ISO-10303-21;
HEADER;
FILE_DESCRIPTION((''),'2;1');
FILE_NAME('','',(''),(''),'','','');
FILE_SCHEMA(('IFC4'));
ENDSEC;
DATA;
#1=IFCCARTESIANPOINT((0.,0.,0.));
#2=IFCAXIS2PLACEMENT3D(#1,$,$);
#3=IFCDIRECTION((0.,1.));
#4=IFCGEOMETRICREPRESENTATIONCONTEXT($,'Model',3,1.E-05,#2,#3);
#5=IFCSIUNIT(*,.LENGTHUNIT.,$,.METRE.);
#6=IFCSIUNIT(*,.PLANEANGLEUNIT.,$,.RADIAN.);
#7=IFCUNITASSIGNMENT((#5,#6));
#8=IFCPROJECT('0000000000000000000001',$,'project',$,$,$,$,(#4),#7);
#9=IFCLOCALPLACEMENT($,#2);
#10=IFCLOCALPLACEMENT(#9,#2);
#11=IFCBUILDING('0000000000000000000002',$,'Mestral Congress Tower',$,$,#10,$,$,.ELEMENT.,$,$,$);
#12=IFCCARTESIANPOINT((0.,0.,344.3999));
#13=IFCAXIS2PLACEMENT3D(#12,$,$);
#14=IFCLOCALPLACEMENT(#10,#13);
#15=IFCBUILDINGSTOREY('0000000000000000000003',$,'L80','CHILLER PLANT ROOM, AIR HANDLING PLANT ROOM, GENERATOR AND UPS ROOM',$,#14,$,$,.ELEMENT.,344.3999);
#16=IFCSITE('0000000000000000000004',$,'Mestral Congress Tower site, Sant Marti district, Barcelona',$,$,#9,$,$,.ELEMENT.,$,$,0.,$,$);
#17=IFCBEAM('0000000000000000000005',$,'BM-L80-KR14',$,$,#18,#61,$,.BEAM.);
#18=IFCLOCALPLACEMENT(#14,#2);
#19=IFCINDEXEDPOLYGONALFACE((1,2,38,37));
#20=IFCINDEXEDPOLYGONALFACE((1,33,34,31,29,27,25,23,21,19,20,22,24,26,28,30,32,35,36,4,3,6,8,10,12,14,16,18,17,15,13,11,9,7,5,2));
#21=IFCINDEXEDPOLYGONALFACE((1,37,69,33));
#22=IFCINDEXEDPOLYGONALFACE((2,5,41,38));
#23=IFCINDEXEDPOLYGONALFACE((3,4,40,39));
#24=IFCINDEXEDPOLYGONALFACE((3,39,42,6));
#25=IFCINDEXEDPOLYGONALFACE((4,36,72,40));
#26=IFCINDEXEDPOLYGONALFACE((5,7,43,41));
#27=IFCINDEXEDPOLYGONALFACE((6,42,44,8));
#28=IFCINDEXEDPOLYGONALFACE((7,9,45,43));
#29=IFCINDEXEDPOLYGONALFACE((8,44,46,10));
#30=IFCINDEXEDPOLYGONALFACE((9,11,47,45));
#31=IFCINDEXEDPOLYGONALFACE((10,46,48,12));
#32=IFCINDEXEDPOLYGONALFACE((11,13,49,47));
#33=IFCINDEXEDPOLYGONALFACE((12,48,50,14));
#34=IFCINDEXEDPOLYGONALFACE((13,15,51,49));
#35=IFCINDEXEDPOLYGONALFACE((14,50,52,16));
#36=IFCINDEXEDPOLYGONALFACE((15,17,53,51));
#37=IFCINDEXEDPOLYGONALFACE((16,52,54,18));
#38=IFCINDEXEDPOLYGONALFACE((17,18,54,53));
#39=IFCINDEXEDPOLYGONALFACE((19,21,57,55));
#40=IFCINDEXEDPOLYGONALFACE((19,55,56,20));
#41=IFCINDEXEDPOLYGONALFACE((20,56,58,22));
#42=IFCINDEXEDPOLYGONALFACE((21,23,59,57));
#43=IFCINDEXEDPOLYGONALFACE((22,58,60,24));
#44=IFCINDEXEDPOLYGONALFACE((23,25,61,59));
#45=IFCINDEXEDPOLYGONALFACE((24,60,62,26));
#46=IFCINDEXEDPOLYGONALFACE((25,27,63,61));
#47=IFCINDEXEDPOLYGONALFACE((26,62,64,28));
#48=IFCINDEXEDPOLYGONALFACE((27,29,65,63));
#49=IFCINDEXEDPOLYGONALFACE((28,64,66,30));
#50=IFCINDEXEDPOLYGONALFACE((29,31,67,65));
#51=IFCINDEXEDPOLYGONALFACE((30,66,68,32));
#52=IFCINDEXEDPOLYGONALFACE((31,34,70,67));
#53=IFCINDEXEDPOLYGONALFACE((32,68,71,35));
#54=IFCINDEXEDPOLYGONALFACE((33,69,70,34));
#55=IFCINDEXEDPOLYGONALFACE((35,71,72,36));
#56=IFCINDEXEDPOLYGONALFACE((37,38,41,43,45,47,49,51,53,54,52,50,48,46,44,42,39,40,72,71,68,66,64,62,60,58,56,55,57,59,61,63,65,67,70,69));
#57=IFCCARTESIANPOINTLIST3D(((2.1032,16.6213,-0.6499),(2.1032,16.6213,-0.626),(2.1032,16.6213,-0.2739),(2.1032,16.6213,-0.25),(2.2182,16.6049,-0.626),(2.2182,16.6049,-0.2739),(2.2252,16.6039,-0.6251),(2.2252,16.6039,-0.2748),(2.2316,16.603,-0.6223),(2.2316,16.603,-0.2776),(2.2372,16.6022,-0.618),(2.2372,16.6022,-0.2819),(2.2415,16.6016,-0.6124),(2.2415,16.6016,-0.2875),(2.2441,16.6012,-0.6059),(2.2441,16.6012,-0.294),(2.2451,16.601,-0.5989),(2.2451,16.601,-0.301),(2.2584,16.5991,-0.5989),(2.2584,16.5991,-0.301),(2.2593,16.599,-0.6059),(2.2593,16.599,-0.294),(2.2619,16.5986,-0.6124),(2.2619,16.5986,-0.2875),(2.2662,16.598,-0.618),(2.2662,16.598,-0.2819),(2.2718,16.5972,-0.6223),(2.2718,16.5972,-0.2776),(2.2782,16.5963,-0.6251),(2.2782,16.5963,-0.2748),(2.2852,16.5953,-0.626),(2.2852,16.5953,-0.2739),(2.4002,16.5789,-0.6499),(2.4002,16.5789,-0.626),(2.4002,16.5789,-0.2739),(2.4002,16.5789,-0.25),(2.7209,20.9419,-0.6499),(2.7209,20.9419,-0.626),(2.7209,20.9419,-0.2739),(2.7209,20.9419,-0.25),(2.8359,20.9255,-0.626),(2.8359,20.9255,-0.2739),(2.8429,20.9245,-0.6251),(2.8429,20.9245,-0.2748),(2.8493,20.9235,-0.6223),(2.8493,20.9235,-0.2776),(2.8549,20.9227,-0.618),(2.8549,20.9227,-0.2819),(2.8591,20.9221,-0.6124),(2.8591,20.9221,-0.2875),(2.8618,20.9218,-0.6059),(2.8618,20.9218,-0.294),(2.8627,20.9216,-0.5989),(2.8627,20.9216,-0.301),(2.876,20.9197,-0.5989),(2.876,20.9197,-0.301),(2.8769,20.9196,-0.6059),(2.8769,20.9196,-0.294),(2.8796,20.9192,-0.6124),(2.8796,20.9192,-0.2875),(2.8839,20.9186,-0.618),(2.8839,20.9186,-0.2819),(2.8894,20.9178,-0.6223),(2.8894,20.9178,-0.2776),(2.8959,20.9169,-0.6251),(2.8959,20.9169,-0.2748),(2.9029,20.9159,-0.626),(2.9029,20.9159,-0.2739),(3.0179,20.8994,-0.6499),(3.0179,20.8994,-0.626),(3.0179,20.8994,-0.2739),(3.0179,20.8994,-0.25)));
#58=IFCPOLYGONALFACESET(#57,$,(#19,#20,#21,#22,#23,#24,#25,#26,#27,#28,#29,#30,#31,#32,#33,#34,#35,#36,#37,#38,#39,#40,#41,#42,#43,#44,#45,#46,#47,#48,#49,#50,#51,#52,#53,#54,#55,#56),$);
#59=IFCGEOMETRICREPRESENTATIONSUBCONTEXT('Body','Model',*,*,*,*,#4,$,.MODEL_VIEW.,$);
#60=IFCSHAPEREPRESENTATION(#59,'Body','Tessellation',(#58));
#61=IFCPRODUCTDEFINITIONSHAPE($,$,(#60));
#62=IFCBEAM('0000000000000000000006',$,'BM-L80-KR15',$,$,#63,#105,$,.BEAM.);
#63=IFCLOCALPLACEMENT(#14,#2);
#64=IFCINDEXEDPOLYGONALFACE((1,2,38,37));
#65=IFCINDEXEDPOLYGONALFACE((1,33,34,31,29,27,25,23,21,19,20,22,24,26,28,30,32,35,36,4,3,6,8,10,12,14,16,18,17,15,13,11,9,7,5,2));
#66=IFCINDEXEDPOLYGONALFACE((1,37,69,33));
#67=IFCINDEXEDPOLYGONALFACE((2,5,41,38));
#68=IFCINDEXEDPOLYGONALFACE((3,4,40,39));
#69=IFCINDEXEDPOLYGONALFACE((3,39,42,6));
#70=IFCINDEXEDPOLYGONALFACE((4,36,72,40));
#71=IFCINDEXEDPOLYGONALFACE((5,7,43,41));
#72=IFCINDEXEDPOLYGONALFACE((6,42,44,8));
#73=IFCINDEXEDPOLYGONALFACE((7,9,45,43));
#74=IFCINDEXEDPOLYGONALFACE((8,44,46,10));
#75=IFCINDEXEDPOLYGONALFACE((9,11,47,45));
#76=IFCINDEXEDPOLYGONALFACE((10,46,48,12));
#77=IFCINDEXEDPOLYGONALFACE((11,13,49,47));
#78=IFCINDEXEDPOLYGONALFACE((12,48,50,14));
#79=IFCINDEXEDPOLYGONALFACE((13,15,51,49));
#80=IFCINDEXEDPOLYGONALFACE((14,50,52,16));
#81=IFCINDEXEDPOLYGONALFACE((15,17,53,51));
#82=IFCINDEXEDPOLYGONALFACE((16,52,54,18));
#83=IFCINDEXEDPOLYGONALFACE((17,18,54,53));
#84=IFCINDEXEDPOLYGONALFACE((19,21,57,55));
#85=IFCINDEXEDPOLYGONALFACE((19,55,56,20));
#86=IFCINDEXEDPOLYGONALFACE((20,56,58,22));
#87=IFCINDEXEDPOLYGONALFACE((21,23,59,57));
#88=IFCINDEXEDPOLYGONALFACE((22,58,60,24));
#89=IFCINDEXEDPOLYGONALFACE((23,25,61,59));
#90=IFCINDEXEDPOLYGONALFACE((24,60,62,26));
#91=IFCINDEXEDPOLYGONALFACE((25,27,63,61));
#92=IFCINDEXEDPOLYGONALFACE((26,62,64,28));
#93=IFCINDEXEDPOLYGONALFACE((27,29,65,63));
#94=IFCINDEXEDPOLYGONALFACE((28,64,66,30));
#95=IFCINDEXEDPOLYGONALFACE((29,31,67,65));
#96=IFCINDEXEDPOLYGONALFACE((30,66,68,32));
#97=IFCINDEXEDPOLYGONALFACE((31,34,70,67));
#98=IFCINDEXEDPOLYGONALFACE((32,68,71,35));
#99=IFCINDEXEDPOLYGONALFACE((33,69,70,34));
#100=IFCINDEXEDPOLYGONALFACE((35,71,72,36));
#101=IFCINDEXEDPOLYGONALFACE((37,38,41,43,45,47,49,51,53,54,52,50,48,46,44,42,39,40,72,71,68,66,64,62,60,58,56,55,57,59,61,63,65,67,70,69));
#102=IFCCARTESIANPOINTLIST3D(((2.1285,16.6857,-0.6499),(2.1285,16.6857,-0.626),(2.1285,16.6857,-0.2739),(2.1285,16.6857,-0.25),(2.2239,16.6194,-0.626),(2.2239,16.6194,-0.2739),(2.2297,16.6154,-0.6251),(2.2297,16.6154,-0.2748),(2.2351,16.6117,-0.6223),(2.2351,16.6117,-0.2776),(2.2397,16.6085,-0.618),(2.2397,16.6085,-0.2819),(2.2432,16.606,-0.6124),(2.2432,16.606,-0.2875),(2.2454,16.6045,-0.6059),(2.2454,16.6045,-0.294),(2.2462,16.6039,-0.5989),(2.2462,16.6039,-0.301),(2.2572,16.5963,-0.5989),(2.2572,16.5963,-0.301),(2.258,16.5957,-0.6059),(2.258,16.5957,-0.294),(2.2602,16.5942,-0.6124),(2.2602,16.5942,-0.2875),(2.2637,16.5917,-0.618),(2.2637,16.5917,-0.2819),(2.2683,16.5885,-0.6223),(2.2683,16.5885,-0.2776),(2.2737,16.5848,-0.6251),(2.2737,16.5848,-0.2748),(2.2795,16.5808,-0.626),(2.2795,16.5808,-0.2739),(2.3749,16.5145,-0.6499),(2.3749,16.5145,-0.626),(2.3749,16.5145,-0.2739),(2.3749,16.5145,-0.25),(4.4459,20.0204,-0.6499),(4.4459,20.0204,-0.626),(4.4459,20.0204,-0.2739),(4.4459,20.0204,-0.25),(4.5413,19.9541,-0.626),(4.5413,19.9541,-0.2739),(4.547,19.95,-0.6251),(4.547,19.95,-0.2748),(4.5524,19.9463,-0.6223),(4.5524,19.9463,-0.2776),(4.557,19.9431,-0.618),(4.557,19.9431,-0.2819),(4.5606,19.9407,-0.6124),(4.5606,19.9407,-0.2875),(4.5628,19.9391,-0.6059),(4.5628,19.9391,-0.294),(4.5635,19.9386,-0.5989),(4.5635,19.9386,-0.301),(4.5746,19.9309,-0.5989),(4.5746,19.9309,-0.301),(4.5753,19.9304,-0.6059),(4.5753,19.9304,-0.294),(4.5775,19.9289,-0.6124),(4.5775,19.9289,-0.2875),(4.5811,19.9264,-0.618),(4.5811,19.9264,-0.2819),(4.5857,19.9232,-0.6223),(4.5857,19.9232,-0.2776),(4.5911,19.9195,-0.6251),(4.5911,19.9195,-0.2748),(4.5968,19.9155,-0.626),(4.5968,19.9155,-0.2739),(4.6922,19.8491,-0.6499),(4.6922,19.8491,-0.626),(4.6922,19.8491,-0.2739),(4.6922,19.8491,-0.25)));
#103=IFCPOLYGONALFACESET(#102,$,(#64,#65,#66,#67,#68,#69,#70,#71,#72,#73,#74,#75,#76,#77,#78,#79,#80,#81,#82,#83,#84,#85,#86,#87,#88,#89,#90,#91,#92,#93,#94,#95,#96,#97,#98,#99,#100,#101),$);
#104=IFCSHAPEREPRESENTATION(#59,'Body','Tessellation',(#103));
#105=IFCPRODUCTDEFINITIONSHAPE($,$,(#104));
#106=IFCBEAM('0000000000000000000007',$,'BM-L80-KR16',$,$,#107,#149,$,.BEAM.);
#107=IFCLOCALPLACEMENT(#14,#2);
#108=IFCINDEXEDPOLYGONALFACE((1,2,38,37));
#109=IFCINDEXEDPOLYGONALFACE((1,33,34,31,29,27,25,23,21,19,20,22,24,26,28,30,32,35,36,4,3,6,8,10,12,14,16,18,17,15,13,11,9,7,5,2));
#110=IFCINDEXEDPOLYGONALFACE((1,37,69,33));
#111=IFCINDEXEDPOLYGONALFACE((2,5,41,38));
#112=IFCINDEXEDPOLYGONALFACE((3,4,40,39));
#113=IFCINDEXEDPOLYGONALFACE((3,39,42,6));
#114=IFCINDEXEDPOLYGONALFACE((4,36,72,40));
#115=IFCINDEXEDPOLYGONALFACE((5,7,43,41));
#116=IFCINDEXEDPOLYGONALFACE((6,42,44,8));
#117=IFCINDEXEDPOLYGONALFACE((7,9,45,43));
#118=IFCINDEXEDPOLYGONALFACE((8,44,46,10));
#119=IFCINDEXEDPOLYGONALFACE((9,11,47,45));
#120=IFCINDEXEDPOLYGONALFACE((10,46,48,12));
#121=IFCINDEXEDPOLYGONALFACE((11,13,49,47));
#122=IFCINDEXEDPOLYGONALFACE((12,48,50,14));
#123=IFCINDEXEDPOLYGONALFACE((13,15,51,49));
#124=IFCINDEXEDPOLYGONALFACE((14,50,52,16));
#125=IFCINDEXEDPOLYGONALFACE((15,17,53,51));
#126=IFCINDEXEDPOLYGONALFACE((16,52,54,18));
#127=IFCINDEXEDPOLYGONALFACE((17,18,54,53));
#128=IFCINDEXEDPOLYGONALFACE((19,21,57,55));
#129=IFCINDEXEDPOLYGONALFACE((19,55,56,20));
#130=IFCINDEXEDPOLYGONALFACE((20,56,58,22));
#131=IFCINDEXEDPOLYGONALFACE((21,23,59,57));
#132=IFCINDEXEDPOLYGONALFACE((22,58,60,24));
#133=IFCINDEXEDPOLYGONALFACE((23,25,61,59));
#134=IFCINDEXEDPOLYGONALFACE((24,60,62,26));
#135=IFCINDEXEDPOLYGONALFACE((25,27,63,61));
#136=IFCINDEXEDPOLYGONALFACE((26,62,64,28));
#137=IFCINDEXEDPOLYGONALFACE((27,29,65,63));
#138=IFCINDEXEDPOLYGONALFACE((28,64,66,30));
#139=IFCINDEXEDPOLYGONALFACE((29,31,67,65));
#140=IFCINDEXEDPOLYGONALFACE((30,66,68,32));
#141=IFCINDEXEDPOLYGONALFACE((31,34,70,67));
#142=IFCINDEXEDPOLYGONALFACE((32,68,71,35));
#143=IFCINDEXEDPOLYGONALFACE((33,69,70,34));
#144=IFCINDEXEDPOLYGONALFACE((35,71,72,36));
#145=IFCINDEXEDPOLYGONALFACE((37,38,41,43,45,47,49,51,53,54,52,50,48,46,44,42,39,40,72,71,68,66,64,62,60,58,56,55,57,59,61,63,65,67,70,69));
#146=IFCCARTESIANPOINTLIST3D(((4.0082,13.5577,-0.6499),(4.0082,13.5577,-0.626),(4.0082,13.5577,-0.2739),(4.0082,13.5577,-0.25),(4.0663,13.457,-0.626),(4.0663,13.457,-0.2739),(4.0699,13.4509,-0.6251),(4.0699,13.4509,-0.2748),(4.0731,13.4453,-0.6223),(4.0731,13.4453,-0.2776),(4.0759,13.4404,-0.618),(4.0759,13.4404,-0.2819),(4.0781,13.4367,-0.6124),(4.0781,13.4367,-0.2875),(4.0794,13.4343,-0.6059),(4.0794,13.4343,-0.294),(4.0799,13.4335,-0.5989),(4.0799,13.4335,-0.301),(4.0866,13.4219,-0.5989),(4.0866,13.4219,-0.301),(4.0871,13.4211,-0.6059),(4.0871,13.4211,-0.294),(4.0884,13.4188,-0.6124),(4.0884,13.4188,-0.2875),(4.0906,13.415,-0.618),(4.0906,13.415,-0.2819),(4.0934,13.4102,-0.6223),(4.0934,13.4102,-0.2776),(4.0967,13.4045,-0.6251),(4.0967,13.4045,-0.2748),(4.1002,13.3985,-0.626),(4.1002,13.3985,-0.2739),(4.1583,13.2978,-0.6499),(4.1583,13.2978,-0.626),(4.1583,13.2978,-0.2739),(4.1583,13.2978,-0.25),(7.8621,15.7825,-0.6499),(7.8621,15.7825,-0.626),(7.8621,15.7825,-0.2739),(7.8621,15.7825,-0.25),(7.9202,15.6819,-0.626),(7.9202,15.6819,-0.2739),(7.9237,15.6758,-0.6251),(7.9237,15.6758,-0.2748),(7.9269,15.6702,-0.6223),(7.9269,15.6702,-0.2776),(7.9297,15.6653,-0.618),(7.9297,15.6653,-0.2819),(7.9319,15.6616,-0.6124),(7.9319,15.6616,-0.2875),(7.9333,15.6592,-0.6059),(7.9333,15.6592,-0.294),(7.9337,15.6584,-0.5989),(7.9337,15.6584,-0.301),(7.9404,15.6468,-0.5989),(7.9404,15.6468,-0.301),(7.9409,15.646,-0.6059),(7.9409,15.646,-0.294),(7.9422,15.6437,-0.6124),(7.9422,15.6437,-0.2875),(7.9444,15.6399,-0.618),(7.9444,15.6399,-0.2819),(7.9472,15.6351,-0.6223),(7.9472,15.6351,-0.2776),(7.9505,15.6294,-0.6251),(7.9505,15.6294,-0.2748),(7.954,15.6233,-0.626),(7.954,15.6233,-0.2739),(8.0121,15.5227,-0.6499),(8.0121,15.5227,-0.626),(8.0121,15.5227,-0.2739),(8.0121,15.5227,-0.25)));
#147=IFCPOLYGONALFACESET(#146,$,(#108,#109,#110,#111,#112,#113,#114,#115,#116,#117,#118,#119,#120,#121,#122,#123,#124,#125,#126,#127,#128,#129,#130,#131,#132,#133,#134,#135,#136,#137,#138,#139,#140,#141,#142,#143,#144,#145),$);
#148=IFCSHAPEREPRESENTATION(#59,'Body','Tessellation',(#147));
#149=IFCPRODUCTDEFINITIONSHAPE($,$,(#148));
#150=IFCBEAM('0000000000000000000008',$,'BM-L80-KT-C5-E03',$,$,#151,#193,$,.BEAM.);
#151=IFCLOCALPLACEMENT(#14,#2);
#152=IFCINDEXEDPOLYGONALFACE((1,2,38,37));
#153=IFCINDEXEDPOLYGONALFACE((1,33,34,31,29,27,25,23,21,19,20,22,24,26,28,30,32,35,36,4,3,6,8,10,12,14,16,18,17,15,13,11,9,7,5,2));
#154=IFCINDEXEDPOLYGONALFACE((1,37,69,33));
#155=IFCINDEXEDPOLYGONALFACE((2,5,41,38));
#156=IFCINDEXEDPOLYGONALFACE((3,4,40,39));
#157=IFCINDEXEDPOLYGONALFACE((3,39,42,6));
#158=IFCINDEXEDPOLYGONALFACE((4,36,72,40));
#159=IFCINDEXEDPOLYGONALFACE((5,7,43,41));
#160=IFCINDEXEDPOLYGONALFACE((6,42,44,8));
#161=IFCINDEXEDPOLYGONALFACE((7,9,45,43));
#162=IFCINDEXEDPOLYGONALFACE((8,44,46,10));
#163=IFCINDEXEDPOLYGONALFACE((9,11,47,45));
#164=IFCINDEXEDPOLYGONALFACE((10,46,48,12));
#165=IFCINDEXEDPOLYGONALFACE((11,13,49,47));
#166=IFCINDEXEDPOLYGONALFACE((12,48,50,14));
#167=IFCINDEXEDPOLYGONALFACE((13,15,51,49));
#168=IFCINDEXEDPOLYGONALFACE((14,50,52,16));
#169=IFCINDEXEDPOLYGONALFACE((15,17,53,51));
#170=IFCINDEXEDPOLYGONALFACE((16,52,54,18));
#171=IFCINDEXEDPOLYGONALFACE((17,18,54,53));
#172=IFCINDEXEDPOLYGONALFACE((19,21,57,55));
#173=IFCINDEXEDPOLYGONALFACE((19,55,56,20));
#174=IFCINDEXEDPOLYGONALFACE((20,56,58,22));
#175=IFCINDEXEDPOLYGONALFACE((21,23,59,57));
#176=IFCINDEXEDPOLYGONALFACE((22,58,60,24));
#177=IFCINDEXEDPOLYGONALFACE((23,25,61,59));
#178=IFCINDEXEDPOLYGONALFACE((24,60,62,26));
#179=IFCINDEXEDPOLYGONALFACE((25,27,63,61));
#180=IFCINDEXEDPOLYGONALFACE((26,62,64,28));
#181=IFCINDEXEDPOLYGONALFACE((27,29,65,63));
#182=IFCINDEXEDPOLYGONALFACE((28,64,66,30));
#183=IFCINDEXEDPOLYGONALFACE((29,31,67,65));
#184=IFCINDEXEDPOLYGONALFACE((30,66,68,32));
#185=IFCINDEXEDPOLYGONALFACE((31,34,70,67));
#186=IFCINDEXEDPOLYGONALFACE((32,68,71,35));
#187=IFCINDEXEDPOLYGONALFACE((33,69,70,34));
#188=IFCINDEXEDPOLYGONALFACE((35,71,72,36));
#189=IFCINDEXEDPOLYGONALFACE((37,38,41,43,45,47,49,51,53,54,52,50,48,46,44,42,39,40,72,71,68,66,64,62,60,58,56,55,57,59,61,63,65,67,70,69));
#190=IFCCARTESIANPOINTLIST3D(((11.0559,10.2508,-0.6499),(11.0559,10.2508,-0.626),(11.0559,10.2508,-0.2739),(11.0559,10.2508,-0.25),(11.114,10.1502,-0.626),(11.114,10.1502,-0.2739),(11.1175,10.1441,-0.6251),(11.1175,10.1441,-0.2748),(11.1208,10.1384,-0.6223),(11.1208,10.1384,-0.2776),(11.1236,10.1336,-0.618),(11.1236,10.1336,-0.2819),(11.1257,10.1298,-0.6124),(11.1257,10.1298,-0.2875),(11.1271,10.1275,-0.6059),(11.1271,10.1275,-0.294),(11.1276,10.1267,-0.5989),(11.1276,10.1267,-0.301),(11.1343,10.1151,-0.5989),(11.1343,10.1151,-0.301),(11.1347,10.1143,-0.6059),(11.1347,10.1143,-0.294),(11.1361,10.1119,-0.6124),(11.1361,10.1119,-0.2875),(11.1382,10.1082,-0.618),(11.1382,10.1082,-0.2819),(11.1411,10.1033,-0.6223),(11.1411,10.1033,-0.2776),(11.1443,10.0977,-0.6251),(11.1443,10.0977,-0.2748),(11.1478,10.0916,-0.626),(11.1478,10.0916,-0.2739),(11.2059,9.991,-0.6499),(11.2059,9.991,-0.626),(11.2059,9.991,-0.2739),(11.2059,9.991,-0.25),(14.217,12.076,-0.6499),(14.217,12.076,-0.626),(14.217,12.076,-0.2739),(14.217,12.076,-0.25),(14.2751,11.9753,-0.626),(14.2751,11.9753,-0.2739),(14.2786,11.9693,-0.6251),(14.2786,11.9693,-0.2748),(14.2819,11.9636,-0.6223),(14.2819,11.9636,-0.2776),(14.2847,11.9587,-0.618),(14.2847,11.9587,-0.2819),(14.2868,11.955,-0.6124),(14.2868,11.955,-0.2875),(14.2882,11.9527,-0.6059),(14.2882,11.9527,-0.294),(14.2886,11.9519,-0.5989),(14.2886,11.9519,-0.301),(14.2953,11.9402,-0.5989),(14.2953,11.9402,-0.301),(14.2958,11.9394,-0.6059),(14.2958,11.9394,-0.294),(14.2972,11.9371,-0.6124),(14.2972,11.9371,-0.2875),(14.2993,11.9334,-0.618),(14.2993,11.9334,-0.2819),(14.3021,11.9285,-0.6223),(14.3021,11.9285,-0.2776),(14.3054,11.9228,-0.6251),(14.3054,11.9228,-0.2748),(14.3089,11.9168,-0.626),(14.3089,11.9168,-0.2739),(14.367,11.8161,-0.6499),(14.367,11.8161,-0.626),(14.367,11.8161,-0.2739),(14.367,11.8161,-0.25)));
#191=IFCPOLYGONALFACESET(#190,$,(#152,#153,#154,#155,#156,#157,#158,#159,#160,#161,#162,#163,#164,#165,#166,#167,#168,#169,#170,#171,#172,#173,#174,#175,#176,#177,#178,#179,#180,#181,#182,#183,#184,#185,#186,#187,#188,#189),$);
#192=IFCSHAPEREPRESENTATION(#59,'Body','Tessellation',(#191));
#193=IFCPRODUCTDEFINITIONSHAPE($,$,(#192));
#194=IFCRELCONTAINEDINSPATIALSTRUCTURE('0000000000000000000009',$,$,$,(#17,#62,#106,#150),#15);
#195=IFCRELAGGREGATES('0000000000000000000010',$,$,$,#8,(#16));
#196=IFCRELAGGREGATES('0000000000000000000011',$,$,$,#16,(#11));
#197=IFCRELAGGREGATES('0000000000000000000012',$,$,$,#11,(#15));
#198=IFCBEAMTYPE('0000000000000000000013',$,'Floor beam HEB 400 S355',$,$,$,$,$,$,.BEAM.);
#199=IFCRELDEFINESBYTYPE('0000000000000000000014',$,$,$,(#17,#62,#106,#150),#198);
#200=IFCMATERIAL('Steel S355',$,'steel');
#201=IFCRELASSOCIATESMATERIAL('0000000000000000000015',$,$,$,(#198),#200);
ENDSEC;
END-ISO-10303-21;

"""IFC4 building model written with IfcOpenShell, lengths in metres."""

from ifc_helpers import new_model, si_unit, direction, frame, origin, origin_2d, place, context, subcontext, project, spatial, i_section, extrude, material, material_profile, profile_set, type_object, element, save


model = new_model("IFC4")

# Units and contexts
model_context = context("Model", 3, precision=1e-05, world=origin(), true_north=direction((0.0, 1.0)))
body_context = subcontext(model_context, "Body", "Model", "MODEL_VIEW")
ifc_project = project(units=[si_unit("LENGTHUNIT", "METRE"), si_unit("PLANEANGLEUNIT", "RADIAN")], contexts=[model_context])

# Site, building, storey
site_placement = place(None, origin())
site = spatial("IfcSite", under=ifc_project, at=site_placement, Name="Mestral Congress Tower site, Sant Marti district, Barcelona", CompositionType="ELEMENT", RefElevation=0.0)
building_placement = place(site_placement, origin())
building = spatial("IfcBuilding", under=site, at=building_placement, Name="Mestral Congress Tower", CompositionType="ELEMENT")
storey_placement = place(building_placement, frame((0.0, 0.0, 344.3999)))
storey = spatial("IfcBuildingStorey", under=building, at=storey_placement, Name="L80", Description="CHILLER PLANT ROOM, AIR HANDLING PLANT ROOM, GENERATOR AND UPS ROOM", CompositionType="ELEMENT", Elevation=344.3999)

# Shared definitions
ifc_material_1 = material(Name="Steel S355", Category="steel")

# Beams
ifc_material_profile_1 = material_profile(ifc_material_1, i_section(OverallWidth=0.3, OverallDepth=0.3999, WebThickness=0.0134, FlangeThickness=0.0239, FilletRadius=0.0271, at=origin_2d()), Name="HEB 400")
ifc_profile_set_1 = profile_set([ifc_material_profile_1], Name="Steel S355")
beam_type_1 = type_object("IfcBeamType", Name="Floor beam HEB 400 S355", PredefinedType="BEAM", material=ifc_profile_set_1)
beam_1_placement = place(storey_placement, frame((2.2517, 16.6001, -0.45), z_axis=(0.141523, 0.989935, 0.0), x_axis=(-0.989935, 0.141523, 0.0)))
element("IfcBeam", 1, at=beam_1_placement, inside=storey, type_object=beam_type_1, Name="BM-L80-KR14", PredefinedType="BEAM", context=body_context, shape_type="SweptSolid", body=[
    extrude(i_section(OverallWidth=0.3, OverallDepth=0.3999, WebThickness=0.0134, FlangeThickness=0.0239, FilletRadius=0.0271, at=origin_2d()), origin(), (0.0, 0.0, 1.0), 4.3645),
])
beam_2_placement = place(storey_placement, frame((2.2517, 16.6001, -0.45), z_axis=(0.570663, 0.821184, 0.0), x_axis=(-0.821184, 0.570663, 0.0)))
element("IfcBeam", 2, at=beam_2_placement, inside=storey, type_object=beam_type_1, Name="BM-L80-KR15", PredefinedType="BEAM", context=body_context, shape_type="SweptSolid", body=[
    extrude(i_section(OverallWidth=0.3, OverallDepth=0.3999, WebThickness=0.0134, FlangeThickness=0.0239, FilletRadius=0.0271, at=origin_2d()), origin(), (0.0, 0.0, 1.0), 4.0608),
])
beam_3_placement = place(storey_placement, frame((4.0833, 13.4277, -0.45), z_axis=(0.866037, 0.49998, 0.0), x_axis=(-0.49998, 0.866037, 0.0)))
element("IfcBeam", 3, at=beam_3_placement, inside=storey, type_object=beam_type_1, Name="BM-L80-KR16", PredefinedType="BEAM", context=body_context, shape_type="SweptSolid", body=[
    extrude(i_section(OverallWidth=0.3, OverallDepth=0.3999, WebThickness=0.0134, FlangeThickness=0.0239, FilletRadius=0.0271, at=origin_2d()), origin(), (0.0, 0.0, 1.0), 4.45),
])
beam_4_placement = place(storey_placement, frame((14.292, 11.946, -0.45), z_axis=(-0.866012, -0.500024, 0.0), x_axis=(0.500024, -0.866012, 0.0)))
element("IfcBeam", 4, at=beam_4_placement, inside=storey, type_object=beam_type_1, Name="BM-L80-KT-C5-E03", PredefinedType="BEAM", context=body_context, shape_type="SweptSolid", body=[
    extrude(i_section(OverallWidth=0.3, OverallDepth=0.3999, WebThickness=0.0134, FlangeThickness=0.0239, FilletRadius=0.0271, at=origin_2d()), origin(), (0.0, 0.0, 1.0), 3.6501),
])

save(model, "model.ifc")
